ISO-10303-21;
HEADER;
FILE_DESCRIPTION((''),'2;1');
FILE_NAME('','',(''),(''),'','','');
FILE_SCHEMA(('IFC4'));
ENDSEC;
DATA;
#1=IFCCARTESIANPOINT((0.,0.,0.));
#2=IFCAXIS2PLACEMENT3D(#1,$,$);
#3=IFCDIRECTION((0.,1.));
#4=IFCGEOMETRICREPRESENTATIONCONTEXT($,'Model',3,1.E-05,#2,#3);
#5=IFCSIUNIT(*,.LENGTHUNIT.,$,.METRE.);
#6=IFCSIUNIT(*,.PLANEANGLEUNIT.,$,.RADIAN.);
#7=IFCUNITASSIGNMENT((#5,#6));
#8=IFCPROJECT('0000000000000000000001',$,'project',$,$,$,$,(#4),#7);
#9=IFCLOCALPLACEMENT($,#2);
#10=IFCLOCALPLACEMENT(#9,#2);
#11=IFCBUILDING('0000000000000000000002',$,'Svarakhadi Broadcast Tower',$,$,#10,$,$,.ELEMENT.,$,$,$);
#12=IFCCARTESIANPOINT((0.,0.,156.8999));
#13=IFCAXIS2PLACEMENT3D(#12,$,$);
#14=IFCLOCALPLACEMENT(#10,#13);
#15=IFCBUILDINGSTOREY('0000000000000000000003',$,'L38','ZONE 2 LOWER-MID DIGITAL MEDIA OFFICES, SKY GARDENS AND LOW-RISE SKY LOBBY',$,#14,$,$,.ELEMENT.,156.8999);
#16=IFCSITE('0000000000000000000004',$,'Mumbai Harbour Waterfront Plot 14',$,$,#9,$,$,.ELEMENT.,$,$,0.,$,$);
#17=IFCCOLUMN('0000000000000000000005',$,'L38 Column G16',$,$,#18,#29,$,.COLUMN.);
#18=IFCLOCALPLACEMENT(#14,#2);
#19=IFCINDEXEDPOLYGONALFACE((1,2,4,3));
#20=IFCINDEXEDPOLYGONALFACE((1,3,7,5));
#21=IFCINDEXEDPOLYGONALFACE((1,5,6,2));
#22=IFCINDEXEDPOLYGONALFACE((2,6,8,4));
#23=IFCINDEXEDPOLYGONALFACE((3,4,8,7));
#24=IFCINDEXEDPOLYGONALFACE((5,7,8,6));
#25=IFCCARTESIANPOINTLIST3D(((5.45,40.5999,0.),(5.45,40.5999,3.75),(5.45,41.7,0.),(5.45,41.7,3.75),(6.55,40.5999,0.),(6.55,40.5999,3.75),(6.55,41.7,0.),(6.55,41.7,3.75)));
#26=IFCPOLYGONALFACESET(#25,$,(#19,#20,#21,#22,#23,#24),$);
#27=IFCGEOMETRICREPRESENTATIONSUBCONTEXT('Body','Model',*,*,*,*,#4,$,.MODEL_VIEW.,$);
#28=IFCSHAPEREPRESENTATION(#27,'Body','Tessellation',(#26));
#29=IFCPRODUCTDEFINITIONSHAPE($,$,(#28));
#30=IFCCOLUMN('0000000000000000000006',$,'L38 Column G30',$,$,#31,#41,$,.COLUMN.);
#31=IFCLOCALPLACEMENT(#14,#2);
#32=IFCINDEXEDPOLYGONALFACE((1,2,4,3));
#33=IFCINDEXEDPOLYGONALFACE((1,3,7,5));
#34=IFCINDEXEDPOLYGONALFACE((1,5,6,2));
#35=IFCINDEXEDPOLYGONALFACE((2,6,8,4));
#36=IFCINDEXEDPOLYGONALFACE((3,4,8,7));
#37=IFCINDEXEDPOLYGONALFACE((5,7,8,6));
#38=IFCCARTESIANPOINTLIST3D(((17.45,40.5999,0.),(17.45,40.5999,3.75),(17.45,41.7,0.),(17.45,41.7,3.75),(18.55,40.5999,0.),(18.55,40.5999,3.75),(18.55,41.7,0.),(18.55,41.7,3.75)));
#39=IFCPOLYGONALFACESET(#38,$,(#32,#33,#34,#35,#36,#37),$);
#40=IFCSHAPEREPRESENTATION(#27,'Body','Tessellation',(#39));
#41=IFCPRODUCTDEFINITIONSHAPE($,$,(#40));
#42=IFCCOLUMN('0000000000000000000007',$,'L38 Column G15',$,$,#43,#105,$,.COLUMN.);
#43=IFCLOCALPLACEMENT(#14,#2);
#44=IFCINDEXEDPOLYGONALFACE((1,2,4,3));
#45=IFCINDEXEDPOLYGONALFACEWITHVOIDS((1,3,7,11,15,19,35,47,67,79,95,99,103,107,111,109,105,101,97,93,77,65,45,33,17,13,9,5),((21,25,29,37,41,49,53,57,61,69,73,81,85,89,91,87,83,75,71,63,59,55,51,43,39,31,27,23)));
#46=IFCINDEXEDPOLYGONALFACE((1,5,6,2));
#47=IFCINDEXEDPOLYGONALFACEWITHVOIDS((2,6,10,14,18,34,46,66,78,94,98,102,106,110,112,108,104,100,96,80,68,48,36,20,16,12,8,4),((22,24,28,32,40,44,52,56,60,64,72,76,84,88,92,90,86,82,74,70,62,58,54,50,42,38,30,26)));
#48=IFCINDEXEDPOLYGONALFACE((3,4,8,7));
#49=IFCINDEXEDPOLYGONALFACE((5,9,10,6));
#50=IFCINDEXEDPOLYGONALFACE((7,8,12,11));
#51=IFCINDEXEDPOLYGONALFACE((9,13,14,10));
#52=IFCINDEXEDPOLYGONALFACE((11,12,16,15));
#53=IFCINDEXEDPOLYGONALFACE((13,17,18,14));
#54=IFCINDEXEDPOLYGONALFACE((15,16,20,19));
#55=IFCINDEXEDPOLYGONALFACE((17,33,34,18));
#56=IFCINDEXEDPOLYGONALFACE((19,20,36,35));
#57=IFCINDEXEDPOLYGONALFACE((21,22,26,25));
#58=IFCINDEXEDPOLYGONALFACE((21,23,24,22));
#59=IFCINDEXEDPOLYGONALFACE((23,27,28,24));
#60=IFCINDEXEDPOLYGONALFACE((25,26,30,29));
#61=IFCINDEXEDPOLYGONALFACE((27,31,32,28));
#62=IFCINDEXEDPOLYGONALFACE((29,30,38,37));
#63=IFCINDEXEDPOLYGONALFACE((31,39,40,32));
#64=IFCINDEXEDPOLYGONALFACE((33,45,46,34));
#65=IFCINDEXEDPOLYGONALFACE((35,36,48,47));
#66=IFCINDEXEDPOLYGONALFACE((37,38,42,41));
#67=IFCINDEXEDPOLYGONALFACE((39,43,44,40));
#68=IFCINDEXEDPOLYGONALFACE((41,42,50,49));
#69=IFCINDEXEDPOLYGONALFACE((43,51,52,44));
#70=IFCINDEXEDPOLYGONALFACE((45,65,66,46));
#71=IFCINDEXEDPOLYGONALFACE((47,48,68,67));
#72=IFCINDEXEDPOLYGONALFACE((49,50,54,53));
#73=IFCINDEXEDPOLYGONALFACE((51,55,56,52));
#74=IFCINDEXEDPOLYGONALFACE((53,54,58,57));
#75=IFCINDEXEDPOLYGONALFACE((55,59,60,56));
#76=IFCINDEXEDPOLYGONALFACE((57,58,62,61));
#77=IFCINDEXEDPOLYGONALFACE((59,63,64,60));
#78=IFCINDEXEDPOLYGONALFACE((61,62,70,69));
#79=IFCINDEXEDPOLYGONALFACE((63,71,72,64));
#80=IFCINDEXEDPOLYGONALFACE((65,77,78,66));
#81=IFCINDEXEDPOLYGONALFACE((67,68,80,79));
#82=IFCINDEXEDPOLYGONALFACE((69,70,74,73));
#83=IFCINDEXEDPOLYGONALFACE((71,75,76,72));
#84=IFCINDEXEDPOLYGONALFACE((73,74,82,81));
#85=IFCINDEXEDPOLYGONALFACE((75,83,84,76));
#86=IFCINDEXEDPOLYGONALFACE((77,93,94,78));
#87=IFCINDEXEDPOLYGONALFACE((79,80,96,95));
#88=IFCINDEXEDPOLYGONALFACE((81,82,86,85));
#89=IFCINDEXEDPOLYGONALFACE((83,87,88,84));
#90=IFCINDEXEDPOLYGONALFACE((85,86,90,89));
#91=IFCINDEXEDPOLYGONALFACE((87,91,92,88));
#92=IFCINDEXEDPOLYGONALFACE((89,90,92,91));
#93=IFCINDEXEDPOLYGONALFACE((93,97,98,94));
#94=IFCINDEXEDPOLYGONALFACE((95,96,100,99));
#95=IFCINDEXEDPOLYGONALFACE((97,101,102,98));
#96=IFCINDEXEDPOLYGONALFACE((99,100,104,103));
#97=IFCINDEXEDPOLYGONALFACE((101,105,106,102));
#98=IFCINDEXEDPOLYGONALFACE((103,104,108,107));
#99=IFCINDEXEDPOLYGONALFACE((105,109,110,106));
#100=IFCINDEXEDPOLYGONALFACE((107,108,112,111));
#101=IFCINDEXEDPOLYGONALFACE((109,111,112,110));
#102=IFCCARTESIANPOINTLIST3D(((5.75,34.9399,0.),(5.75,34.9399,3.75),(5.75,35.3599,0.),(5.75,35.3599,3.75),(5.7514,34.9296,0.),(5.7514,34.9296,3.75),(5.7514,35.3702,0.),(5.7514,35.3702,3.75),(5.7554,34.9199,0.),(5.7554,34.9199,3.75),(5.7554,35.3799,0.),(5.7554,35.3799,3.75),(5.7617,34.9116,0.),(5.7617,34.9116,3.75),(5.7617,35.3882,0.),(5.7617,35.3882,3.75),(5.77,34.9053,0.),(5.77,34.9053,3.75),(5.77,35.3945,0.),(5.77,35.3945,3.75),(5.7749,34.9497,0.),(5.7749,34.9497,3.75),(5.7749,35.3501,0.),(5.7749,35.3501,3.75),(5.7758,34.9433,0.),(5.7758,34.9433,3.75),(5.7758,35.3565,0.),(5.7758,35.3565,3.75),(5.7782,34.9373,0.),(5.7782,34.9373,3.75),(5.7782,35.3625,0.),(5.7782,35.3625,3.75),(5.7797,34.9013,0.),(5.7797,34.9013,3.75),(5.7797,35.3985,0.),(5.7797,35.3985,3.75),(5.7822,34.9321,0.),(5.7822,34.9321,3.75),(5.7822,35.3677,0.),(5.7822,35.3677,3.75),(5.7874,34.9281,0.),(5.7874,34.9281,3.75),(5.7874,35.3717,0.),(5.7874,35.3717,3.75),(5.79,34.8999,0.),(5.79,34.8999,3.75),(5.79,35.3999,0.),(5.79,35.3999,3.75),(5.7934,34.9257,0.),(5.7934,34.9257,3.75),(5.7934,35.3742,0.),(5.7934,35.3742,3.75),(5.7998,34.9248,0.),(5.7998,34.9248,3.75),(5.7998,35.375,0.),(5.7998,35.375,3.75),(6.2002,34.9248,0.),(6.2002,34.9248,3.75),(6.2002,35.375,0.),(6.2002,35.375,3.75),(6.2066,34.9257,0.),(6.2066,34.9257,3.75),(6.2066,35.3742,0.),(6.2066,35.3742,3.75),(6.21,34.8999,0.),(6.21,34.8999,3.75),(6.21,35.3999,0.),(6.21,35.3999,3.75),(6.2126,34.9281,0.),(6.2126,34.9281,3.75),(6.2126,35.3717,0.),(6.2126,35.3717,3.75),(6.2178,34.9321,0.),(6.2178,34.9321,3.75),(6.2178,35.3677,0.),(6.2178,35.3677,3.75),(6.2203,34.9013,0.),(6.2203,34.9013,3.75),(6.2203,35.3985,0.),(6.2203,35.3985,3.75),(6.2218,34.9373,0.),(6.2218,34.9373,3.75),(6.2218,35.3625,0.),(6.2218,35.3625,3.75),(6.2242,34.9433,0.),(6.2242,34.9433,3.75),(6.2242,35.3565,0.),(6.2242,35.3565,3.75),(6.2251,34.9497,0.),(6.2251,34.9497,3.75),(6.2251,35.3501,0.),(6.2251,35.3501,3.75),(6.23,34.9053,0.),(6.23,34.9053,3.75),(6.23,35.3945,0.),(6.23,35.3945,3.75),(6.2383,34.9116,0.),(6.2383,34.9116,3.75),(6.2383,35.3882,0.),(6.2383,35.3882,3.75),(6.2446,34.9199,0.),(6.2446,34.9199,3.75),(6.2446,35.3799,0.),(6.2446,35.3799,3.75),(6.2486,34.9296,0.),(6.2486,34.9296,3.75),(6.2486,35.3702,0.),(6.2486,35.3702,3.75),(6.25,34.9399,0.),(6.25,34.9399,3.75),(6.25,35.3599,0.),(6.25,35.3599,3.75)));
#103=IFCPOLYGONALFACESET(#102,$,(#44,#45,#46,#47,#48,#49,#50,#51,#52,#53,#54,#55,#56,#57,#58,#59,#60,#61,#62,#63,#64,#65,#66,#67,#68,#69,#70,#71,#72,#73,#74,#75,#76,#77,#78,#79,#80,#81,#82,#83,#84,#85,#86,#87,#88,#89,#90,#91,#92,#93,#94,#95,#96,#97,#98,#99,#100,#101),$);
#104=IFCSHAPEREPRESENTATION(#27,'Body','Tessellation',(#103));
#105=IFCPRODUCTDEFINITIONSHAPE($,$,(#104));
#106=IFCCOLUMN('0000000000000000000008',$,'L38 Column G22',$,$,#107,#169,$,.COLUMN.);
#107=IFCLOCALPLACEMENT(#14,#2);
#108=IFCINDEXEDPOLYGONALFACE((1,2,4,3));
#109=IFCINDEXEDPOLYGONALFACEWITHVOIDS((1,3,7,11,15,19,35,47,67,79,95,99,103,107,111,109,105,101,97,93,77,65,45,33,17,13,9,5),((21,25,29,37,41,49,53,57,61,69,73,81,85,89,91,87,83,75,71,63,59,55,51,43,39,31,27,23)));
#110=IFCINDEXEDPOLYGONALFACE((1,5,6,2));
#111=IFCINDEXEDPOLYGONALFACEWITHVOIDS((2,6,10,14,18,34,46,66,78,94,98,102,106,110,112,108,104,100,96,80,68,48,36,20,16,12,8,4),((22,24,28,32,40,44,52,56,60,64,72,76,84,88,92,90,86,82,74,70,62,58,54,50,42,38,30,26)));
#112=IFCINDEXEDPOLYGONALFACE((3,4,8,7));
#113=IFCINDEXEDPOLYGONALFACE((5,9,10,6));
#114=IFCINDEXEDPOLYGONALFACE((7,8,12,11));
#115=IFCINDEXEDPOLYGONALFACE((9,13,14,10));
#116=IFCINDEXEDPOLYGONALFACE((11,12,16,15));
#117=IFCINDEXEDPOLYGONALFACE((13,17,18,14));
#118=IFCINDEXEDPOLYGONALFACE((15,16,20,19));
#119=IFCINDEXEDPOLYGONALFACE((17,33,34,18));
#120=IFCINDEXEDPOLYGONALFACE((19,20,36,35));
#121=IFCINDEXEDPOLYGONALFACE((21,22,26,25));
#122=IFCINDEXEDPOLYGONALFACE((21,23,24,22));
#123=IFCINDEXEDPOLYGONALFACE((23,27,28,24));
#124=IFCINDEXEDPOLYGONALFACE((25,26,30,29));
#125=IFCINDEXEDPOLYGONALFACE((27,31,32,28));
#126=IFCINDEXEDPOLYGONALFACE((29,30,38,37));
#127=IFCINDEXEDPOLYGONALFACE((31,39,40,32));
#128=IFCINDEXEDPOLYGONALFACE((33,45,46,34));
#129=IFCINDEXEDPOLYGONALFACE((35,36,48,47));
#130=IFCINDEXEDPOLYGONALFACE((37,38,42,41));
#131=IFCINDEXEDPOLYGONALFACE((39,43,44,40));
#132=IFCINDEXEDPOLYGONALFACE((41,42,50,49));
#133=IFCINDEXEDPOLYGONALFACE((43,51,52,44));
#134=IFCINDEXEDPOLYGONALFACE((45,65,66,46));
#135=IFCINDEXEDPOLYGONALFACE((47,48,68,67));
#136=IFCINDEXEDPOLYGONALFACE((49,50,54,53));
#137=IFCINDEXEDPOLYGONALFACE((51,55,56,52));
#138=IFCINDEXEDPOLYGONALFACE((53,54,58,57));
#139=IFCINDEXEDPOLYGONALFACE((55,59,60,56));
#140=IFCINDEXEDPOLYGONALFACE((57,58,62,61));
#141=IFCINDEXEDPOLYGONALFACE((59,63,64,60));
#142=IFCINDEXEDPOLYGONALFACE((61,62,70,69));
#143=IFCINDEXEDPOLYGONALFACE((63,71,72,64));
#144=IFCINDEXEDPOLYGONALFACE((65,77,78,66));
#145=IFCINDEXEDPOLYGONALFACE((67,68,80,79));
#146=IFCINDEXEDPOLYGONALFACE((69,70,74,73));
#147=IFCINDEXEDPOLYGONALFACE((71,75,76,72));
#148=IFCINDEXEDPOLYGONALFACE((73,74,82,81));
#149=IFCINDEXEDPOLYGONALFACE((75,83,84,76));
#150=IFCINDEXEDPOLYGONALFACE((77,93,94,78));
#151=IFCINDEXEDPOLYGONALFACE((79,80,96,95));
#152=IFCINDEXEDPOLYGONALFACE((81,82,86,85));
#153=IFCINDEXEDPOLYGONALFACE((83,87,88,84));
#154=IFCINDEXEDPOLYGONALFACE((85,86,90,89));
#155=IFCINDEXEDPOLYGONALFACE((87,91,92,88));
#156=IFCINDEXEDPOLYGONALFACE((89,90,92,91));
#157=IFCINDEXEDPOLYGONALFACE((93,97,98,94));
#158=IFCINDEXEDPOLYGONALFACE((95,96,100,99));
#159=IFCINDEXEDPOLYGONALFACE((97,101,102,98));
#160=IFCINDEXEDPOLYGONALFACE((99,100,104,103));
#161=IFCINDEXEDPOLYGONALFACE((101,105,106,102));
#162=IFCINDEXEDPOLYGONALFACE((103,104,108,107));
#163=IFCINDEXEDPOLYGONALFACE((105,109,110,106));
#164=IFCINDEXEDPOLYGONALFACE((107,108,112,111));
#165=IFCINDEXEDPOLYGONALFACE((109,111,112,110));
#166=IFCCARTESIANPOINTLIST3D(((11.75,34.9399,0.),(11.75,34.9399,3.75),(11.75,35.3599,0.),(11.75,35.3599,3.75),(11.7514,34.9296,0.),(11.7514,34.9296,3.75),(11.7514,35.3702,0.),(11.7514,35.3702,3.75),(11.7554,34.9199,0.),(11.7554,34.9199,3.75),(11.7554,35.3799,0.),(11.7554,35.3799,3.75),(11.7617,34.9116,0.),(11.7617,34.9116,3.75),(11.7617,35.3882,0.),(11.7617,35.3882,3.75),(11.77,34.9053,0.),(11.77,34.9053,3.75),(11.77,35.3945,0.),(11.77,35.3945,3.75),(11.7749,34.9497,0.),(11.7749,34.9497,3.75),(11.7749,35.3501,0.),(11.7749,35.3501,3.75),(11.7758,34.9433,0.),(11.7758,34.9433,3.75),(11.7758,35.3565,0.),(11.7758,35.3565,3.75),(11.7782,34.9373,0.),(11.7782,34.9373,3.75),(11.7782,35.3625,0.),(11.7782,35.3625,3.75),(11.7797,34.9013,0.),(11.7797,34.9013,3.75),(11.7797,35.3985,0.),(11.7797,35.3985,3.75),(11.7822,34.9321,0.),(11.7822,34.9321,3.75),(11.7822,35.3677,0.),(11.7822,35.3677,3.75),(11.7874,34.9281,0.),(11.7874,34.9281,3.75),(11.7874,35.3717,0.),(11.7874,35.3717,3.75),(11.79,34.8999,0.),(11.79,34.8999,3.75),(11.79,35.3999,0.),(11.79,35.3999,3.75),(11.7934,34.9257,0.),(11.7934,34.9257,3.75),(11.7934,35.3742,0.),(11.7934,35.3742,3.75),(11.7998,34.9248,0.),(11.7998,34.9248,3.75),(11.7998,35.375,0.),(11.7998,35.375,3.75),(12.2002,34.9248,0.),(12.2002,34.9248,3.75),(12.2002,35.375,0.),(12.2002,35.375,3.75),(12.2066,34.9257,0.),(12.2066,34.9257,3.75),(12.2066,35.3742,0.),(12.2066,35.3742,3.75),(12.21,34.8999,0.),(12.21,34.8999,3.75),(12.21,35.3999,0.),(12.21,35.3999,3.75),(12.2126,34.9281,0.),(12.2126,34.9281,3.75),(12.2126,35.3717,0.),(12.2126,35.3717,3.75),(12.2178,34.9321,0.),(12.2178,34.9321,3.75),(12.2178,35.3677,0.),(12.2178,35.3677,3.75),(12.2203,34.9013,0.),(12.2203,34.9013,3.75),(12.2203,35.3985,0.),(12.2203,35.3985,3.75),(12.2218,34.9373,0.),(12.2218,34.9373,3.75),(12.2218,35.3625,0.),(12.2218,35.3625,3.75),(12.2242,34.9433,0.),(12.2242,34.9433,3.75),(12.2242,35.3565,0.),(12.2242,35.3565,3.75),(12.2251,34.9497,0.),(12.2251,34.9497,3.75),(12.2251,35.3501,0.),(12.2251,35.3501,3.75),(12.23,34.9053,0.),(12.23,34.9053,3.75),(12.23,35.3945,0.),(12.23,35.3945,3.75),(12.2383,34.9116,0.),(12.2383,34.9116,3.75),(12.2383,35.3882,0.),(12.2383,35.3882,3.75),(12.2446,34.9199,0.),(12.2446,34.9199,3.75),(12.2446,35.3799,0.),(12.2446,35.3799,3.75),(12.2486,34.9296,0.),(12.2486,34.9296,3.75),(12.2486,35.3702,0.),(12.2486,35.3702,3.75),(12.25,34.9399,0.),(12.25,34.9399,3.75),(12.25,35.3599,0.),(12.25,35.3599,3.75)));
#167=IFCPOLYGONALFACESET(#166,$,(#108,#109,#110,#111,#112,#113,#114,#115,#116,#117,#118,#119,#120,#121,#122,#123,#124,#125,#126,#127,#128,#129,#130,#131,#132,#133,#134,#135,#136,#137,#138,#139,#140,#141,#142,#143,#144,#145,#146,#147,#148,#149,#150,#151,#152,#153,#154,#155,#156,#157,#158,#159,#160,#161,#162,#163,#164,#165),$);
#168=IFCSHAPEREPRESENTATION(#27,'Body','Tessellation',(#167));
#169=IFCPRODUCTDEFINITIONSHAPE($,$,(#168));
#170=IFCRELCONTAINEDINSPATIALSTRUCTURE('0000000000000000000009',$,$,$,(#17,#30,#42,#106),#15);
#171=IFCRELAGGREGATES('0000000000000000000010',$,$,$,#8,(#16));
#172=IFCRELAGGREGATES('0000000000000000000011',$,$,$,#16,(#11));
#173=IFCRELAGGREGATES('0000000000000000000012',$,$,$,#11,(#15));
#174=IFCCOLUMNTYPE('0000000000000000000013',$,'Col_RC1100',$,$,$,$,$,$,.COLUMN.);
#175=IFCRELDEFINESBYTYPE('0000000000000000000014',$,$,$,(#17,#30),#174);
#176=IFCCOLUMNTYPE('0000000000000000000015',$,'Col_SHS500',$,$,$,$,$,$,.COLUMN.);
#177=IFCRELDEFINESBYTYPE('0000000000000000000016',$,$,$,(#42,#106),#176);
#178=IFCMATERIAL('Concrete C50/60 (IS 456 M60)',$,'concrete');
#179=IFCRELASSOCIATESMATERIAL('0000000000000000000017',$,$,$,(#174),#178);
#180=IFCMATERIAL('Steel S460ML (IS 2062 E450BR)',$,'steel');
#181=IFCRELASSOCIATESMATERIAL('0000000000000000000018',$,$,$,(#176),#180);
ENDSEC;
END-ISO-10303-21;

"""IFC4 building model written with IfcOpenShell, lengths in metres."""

from ifc_helpers import new_model, si_unit, direction, frame, origin, origin_2d, place, context, subcontext, project, spatial, rectangle, hollow_rectangle, extrude, material, material_profile, profile_set, type_object, element, save


model = new_model("IFC4")

# Units and contexts
model_context = context("Model", 3, precision=1e-05, world=origin(), true_north=direction((0.0, 1.0)))
body_context = subcontext(model_context, "Body", "Model", "MODEL_VIEW")
ifc_project = project(units=[si_unit("LENGTHUNIT", "METRE"), si_unit("PLANEANGLEUNIT", "RADIAN")], contexts=[model_context])

# Site, building, storey
site_placement = place(None, origin())
site = spatial("IfcSite", under=ifc_project, at=site_placement, Name="Mumbai Harbour Waterfront Plot 14", CompositionType="ELEMENT", RefElevation=0.0)
building_placement = place(site_placement, origin())
building = spatial("IfcBuilding", under=site, at=building_placement, Name="Svarakhadi Broadcast Tower", CompositionType="ELEMENT")
storey_placement = place(building_placement, frame((0.0, 0.0, 156.8999)))
storey = spatial("IfcBuildingStorey", under=building, at=storey_placement, Name="L38", Description="ZONE 2 LOWER-MID DIGITAL MEDIA OFFICES, SKY GARDENS AND LOW-RISE SKY LOBBY", CompositionType="ELEMENT", Elevation=156.8999)

# Columns
ifc_material_1 = material(Name="Concrete C50/60 (IS 456 M60)", Category="concrete")
ifc_material_profile_1 = material_profile(ifc_material_1, rectangle(XDim=1.1001, YDim=1.1001, at=origin_2d()), Name="RC 1100x1100")
ifc_profile_set_1 = profile_set([ifc_material_profile_1], Name="Concrete C50/60 (IS 456 M60)")
column_type_1 = type_object("IfcColumnType", Name="Col_RC1100", PredefinedType="COLUMN", material=ifc_profile_set_1)
for number, where, z_axis, x_axis, name in (
    (1, (6.0, 41.1499, 0.0), (0.0, 0.0, 1.0), (1.0, 0.0, 0.0), "L38 Column G16"),
    (2, (18.0, 41.1499, 0.0), (0.0, 0.0, 1.0), (1.0, 0.0, 0.0), "L38 Column G30"),
):
    element("IfcColumn", number, at=place(storey_placement, frame(where, z_axis=z_axis, x_axis=x_axis)), inside=storey, type_object=column_type_1, Name=name, PredefinedType="COLUMN", context=body_context, shape_type="SweptSolid", body=[
        extrude(rectangle(XDim=1.1001, YDim=1.1001, at=origin_2d()), origin(), (0.0, 0.0, 1.0), 3.75),
    ])
ifc_material_2 = material(Name="Steel S460ML (IS 2062 E450BR)", Category="steel")
ifc_material_profile_2 = material_profile(ifc_material_2, hollow_rectangle(XDim=0.5, YDim=0.5, WallThickness=0.0249, InnerFilletRadius=0.0249, OuterFilletRadius=0.04, at=origin_2d()), Name="SHS 500x500x25")
ifc_profile_set_2 = profile_set([ifc_material_profile_2], Name="Steel S460ML (IS 2062 E450BR)")
column_type_2 = type_object("IfcColumnType", Name="Col_SHS500", PredefinedType="COLUMN", material=ifc_profile_set_2)
for number, where, z_axis, x_axis, name in (
    (3, (6.0, 35.1499, 0.0), (0.0, 0.0, 1.0), (1.0, 0.0, 0.0), "L38 Column G15"),
    (4, (12.0, 35.1499, 0.0), (0.0, 0.0, 1.0), (1.0, 0.0, 0.0), "L38 Column G22"),
):
    element("IfcColumn", number, at=place(storey_placement, frame(where, z_axis=z_axis, x_axis=x_axis)), inside=storey, type_object=column_type_2, Name=name, PredefinedType="COLUMN", context=body_context, shape_type="SweptSolid", body=[
        extrude(hollow_rectangle(XDim=0.5, YDim=0.5, WallThickness=0.0249, InnerFilletRadius=0.0249, OuterFilletRadius=0.04, at=origin_2d()), origin(), (0.0, 0.0, 1.0), 3.75),
    ])

save(model, "model.ifc")
